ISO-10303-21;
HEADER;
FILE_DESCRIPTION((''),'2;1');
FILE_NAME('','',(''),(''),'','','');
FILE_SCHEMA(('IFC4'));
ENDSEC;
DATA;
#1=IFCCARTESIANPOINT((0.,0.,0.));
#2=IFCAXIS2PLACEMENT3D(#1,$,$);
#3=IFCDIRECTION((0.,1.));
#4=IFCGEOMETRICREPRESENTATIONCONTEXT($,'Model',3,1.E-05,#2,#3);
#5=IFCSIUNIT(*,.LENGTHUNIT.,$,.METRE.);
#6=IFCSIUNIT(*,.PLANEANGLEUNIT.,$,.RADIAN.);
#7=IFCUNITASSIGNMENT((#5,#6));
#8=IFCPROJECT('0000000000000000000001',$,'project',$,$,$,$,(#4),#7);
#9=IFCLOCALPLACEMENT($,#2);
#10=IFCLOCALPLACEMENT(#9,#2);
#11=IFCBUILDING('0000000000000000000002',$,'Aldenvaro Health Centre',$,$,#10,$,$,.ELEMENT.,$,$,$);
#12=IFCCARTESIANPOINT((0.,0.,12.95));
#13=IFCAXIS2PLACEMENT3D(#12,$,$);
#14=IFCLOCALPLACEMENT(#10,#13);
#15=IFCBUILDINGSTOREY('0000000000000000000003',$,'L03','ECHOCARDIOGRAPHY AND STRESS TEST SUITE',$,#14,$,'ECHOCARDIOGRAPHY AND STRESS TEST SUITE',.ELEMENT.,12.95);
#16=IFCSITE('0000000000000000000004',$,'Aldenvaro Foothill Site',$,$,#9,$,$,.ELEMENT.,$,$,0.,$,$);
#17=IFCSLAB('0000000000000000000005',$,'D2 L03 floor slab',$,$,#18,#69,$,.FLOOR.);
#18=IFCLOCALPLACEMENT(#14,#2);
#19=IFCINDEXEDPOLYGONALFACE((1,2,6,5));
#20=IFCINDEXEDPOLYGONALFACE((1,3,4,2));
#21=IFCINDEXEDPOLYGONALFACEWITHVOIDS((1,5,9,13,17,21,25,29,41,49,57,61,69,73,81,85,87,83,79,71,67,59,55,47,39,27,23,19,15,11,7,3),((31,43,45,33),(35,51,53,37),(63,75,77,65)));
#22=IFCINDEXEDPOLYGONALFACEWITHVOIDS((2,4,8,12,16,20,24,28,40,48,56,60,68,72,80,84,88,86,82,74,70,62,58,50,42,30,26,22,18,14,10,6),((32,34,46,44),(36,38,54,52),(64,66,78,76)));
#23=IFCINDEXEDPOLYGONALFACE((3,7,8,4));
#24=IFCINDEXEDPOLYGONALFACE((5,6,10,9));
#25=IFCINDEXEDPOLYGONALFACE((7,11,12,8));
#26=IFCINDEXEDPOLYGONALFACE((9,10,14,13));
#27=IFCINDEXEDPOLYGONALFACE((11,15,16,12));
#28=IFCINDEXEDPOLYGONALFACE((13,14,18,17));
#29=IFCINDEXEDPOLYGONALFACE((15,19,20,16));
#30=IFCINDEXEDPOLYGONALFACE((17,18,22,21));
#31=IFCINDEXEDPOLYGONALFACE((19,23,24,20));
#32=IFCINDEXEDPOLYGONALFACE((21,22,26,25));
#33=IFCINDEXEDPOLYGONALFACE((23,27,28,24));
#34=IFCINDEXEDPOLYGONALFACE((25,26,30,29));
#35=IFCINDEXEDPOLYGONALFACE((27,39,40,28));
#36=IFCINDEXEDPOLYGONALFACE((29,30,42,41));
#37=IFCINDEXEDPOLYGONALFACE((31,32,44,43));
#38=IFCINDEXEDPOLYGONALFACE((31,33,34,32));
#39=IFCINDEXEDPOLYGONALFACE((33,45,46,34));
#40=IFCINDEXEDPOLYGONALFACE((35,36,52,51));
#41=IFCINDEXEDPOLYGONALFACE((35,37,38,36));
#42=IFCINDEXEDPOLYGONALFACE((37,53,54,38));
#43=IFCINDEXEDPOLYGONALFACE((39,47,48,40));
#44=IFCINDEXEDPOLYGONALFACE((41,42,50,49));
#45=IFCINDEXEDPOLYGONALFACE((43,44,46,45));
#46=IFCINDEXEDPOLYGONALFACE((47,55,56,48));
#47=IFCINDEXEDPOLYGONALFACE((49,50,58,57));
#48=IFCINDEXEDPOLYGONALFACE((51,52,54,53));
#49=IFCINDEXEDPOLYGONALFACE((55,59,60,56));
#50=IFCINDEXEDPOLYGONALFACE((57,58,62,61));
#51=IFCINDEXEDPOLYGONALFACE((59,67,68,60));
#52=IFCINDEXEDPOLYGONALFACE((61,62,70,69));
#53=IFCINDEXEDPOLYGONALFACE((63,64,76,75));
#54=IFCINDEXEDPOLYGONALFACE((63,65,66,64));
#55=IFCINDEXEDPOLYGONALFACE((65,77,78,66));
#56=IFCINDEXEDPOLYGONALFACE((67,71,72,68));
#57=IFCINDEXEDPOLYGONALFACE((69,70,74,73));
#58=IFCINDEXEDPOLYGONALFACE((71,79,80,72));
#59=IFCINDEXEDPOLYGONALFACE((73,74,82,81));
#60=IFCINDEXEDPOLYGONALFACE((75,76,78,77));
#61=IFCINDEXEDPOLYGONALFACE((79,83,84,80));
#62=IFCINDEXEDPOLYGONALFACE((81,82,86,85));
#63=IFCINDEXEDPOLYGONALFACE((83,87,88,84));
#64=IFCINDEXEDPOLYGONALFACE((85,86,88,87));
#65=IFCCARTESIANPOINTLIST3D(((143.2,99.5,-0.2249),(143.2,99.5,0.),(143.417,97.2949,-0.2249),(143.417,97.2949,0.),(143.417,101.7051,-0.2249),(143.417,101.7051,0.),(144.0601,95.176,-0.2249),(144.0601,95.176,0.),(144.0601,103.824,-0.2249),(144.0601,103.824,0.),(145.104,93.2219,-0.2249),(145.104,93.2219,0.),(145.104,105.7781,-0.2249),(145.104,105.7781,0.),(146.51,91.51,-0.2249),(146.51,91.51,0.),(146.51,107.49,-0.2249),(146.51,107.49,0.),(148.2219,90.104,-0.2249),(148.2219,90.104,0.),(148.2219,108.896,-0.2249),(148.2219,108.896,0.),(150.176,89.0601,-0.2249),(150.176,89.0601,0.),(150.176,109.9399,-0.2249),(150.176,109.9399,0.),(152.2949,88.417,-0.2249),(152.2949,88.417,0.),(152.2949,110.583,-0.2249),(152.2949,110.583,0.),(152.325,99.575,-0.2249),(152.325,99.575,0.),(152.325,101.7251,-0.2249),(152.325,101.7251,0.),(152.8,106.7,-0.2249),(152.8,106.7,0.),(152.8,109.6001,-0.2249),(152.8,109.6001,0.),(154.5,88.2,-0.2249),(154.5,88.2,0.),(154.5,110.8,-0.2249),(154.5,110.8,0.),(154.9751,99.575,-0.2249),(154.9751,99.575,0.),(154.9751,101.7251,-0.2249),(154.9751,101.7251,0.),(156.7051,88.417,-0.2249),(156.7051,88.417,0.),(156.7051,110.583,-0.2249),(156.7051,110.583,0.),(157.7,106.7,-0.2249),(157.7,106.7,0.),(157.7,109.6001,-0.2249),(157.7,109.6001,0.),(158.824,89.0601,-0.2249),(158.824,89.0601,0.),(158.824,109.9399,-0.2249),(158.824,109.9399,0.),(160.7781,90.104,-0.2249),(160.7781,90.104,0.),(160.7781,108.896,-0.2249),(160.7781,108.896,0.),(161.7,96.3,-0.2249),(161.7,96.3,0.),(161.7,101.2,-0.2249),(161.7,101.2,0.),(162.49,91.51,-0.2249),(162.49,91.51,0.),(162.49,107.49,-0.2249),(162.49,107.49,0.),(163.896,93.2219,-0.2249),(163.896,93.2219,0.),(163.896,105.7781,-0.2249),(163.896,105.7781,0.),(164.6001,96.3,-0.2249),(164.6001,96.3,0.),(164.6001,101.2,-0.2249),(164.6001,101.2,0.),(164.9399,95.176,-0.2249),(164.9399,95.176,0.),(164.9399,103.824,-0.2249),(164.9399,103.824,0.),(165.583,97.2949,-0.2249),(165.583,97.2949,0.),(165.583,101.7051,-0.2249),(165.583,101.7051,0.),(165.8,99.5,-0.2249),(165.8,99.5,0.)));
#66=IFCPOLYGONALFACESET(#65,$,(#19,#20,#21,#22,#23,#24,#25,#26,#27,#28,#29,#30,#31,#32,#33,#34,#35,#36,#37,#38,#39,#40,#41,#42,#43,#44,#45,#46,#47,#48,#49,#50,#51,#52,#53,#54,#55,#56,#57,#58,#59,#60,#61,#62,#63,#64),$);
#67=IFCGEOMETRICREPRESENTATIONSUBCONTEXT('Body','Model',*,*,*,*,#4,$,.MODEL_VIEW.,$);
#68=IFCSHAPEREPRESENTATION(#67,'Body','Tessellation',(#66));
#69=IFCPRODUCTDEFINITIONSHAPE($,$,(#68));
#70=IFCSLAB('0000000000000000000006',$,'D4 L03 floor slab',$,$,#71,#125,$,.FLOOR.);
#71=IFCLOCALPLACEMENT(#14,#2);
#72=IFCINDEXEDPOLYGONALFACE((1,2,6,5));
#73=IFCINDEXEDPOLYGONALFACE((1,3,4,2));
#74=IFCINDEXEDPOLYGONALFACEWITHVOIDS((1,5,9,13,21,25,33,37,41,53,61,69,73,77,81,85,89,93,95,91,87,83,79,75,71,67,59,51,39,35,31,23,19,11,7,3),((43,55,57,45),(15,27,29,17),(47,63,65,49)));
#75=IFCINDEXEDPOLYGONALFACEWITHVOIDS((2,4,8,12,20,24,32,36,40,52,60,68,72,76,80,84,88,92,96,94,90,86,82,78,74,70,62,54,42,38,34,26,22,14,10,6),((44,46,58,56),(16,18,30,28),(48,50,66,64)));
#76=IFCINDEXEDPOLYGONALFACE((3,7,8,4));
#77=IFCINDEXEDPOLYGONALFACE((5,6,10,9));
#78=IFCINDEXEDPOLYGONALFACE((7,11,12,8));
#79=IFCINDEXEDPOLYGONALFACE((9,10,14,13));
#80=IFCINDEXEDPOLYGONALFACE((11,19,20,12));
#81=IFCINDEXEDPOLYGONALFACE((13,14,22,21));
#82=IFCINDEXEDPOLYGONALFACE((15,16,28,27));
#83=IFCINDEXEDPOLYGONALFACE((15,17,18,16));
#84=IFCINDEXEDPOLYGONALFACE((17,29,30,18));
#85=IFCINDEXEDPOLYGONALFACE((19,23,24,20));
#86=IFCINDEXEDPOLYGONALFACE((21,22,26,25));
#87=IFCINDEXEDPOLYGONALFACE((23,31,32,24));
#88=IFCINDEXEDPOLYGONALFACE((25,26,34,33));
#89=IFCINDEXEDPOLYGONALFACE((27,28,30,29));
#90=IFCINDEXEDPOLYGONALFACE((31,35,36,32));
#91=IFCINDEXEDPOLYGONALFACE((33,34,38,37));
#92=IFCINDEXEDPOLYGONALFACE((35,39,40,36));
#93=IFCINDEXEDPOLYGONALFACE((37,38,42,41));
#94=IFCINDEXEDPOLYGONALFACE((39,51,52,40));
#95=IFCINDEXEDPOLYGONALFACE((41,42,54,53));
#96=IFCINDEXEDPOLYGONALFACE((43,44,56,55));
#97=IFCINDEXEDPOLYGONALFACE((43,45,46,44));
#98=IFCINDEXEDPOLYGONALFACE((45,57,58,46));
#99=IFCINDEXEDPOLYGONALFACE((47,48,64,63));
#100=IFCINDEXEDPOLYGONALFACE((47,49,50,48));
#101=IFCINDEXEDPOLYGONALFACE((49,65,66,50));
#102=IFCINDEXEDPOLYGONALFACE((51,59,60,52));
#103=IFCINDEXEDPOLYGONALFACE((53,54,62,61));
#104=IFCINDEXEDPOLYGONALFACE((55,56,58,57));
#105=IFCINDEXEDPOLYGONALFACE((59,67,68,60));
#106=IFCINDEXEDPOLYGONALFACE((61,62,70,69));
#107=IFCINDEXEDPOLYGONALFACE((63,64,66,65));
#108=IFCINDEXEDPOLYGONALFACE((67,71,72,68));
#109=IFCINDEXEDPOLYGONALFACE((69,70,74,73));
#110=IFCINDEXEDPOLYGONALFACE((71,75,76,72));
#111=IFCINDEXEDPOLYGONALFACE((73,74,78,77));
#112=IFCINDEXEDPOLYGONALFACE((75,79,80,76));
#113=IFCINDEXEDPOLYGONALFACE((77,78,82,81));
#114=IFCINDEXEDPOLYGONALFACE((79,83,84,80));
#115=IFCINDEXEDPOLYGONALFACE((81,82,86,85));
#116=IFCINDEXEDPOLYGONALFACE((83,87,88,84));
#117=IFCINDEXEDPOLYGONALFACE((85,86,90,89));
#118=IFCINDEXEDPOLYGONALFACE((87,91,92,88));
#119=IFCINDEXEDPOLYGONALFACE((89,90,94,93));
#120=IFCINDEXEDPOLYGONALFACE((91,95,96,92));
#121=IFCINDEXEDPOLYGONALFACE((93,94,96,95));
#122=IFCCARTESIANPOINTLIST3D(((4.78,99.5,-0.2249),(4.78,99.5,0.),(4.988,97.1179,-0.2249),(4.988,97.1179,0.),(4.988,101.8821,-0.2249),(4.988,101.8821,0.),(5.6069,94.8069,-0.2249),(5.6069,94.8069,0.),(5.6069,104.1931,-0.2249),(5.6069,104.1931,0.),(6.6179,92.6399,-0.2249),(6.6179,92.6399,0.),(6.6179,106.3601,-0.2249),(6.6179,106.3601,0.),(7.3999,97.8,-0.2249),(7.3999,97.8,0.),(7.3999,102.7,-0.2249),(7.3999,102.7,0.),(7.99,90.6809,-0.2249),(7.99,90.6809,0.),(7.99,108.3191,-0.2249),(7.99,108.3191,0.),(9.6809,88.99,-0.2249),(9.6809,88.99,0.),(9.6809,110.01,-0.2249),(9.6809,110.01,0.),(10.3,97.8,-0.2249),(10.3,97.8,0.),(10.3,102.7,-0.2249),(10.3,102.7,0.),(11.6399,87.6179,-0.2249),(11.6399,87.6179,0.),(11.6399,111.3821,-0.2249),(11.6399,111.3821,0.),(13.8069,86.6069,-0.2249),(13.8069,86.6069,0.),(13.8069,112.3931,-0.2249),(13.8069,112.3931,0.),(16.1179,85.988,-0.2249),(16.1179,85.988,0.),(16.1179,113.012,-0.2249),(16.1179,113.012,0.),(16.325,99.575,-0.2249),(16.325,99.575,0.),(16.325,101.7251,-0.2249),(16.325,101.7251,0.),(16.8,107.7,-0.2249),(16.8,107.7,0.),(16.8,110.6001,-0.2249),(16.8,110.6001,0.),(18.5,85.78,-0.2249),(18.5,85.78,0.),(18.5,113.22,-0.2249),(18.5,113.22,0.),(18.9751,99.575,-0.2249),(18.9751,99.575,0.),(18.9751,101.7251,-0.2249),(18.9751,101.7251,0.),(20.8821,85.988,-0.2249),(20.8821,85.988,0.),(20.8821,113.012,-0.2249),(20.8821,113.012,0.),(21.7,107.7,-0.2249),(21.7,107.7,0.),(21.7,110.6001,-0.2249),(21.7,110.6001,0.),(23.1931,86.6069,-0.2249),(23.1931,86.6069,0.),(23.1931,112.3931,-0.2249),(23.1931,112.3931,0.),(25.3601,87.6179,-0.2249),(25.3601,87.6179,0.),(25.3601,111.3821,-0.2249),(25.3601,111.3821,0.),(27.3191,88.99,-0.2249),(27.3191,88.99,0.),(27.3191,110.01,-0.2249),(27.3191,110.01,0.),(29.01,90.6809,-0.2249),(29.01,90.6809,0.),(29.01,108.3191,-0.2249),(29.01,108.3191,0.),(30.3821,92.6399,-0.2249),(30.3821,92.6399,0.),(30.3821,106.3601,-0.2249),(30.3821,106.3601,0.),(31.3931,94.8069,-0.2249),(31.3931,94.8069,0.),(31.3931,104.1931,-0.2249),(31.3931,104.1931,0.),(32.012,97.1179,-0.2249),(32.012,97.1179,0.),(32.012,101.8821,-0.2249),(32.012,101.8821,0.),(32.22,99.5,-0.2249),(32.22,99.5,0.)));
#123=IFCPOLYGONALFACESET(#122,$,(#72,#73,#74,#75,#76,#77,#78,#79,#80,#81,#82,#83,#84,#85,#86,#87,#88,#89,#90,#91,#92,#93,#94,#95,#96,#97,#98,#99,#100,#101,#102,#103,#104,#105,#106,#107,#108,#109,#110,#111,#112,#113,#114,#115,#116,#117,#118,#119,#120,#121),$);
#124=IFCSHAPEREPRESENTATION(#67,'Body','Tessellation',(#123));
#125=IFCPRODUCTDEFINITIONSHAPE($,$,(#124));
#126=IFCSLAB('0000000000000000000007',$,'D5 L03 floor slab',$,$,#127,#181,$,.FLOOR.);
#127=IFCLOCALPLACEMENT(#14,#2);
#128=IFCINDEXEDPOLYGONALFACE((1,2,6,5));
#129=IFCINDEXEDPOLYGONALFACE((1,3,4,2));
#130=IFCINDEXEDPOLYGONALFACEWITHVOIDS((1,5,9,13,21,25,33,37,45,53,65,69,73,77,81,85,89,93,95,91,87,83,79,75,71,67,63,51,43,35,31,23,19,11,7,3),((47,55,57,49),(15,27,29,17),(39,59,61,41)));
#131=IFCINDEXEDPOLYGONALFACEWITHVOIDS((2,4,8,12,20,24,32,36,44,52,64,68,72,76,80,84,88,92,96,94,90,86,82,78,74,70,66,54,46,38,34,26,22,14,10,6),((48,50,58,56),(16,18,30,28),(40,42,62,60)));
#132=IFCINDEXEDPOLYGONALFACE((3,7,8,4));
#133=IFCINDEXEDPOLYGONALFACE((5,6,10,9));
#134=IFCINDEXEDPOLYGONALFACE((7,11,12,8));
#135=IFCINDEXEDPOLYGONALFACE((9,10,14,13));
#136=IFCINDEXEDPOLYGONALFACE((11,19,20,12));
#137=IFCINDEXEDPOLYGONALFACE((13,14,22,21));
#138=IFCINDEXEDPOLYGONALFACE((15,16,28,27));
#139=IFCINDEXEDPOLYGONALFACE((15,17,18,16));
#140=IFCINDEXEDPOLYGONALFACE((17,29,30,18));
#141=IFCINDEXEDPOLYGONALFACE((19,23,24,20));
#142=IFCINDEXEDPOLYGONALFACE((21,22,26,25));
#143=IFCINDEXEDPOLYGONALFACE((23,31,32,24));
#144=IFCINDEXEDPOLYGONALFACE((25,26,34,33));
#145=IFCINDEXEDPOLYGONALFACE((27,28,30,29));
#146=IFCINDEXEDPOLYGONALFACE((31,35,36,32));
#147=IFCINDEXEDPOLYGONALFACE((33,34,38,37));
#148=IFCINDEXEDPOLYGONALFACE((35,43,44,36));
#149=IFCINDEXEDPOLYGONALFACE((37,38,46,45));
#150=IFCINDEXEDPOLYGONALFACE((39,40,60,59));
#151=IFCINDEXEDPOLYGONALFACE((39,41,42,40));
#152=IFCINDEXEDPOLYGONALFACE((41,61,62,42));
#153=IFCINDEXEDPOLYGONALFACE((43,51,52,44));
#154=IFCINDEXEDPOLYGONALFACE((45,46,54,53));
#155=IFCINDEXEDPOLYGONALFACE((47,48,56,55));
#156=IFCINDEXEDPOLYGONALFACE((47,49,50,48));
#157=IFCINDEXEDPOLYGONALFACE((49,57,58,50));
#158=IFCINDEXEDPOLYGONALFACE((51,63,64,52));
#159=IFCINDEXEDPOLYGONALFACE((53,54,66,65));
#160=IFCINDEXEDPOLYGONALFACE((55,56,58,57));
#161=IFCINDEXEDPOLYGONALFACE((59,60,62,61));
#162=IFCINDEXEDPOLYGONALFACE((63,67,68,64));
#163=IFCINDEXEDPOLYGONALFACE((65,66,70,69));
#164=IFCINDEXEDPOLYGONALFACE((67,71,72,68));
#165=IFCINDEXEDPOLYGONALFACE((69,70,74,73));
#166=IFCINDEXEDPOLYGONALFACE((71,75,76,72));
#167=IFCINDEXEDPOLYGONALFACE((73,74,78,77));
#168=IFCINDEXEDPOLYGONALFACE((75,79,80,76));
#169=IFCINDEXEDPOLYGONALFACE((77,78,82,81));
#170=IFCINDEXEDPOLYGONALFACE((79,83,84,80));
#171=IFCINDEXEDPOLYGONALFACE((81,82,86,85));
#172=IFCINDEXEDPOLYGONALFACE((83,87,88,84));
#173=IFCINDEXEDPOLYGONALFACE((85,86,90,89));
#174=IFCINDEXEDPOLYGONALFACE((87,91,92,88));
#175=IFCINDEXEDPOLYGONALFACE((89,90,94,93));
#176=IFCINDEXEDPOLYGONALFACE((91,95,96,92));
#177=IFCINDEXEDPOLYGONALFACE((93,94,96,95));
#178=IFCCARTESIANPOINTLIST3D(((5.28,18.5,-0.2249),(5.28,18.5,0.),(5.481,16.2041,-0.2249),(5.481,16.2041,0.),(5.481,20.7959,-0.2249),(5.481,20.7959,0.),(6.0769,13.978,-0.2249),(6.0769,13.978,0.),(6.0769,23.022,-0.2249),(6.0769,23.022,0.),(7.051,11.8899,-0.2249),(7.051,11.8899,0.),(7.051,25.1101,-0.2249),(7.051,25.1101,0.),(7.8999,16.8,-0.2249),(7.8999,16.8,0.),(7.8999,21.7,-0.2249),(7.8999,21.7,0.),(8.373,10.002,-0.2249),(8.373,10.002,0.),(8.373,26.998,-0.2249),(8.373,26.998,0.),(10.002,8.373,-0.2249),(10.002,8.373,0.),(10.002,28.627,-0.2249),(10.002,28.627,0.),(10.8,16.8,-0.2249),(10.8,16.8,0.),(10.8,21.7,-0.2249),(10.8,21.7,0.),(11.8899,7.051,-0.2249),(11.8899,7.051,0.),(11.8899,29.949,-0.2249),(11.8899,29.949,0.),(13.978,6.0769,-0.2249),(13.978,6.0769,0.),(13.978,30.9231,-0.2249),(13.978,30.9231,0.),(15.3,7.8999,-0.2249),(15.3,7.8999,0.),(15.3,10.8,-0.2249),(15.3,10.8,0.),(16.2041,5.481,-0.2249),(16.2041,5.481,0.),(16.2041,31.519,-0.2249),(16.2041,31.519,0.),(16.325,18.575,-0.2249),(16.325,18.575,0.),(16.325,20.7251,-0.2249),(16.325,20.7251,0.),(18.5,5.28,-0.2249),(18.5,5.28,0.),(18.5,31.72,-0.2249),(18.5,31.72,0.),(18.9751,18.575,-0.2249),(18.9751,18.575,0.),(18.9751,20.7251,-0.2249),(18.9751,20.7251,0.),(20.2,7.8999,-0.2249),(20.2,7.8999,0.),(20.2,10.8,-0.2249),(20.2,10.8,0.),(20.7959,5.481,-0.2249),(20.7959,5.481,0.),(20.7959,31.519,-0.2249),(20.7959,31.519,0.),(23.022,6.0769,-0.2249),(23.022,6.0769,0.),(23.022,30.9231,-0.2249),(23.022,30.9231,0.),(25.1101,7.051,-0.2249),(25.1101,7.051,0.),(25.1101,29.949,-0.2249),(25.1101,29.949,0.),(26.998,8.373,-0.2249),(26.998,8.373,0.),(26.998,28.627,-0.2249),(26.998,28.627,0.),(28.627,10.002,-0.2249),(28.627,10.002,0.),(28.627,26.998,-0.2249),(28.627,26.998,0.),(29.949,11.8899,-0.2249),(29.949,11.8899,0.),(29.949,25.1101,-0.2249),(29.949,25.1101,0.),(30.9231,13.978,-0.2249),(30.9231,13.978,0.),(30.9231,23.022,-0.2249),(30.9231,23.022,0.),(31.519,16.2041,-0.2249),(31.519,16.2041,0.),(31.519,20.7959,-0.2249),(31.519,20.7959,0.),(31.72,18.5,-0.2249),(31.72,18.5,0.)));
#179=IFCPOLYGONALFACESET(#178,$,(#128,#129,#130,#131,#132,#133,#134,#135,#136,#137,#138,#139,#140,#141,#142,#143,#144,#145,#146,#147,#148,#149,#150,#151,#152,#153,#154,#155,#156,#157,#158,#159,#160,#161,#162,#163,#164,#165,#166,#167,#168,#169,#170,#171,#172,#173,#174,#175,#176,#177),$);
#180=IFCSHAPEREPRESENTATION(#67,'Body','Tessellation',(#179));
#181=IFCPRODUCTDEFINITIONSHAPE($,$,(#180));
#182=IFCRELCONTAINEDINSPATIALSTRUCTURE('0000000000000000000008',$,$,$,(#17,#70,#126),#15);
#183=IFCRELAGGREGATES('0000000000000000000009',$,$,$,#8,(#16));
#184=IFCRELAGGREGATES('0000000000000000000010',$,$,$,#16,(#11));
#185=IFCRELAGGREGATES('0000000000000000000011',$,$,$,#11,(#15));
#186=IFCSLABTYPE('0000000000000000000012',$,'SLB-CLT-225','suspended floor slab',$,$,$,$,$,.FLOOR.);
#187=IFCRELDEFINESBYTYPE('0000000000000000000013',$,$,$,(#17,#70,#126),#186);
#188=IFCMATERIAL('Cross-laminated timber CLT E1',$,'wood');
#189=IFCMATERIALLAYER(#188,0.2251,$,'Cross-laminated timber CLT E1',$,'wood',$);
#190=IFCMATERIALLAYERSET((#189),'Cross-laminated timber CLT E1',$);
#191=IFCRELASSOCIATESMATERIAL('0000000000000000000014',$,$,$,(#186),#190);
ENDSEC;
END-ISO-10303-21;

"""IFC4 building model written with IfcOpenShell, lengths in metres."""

from ifc_helpers import new_model, si_unit, direction, frame, origin, place, context, subcontext, project, spatial, polyline, outline, extrude, material, layer, layer_set, type_object, element, save


model = new_model("IFC4")

# Units and contexts
model_context = context("Model", 3, precision=1e-05, world=origin(), true_north=direction((0.0, 1.0)))
body_context = subcontext(model_context, "Body", "Model", "MODEL_VIEW")
ifc_project = project(units=[si_unit("LENGTHUNIT", "METRE"), si_unit("PLANEANGLEUNIT", "RADIAN")], contexts=[model_context])

# Site, building, storey
site_placement = place(None, origin())
site = spatial("IfcSite", under=ifc_project, at=site_placement, Name="Aldenvaro Foothill Site", CompositionType="ELEMENT", RefElevation=0.0)
building_placement = place(site_placement, origin())
building = spatial("IfcBuilding", under=site, at=building_placement, Name="Aldenvaro Health Centre", CompositionType="ELEMENT")
storey_placement = place(building_placement, frame((0.0, 0.0, 12.95)))
storey = spatial("IfcBuildingStorey", under=building, at=storey_placement, Name="L03", Description="ECHOCARDIOGRAPHY AND STRESS TEST SUITE", LongName="ECHOCARDIOGRAPHY AND STRESS TEST SUITE", CompositionType="ELEMENT", Elevation=12.95)

# Slabs
ifc_material_1 = material(Name="Cross-laminated timber CLT E1", Category="wood")
ifc_layer_1 = layer(ifc_material_1, 0.2251, Name="Cross-laminated timber CLT E1", Category="wood")
ifc_layer_set_1 = layer_set([ifc_layer_1], Name="Cross-laminated timber CLT E1")
slab_type_1 = type_object("IfcSlabType", Name="SLB-CLT-225", Description="suspended floor slab", PredefinedType="FLOOR", material=ifc_layer_set_1)
slab_1_placement = place(storey_placement, frame((0.0, 0.0, -0.2249)))
element("IfcSlab", 1, at=slab_1_placement, inside=storey, type_object=slab_type_1, Name="D2 L03 floor slab", PredefinedType="FLOOR", context=body_context, shape_type="SweptSolid", body=[
    extrude(outline(polyline([(165.8, 99.5), (165.583, 101.7051), (164.9399, 103.824), (163.896, 105.7781), (162.49, 107.49), (160.7781, 108.896), (158.824, 109.9399), (156.7051, 110.583), (154.5, 110.8), (152.2949, 110.583), (150.176, 109.9399), (148.2219, 108.896), (146.51, 107.49), (145.104, 105.7781), (144.0601, 103.824), (143.417, 101.7051), (143.2, 99.5), (143.417, 97.2949), (144.0601, 95.176), (145.104, 93.2219), (146.51, 91.51), (148.2219, 90.104), (150.176, 89.0601), (152.2949, 88.417), (154.5, 88.2), (156.7051, 88.417), (158.824, 89.0601), (160.7781, 90.104), (162.49, 91.51), (163.896, 93.2219), (164.9399, 95.176), (165.583, 97.2949), (165.8, 99.5)]), holes=[polyline([(161.7, 101.2), (161.7, 96.3), (164.6001, 96.3), (164.6001, 101.2), (161.7, 101.2)]), polyline([(152.8, 106.7), (157.7, 106.7), (157.7, 109.6001), (152.8, 109.6001), (152.8, 106.7)]), polyline([(152.325, 99.575), (154.9751, 99.575), (154.9751, 101.7251), (152.325, 101.7251), (152.325, 99.575)])]), origin(), (0.0, 0.0, 1.0), 0.2249),
])
slab_2_placement = place(storey_placement, frame((0.0, 0.0, -0.2249)))
element("IfcSlab", 2, at=slab_2_placement, inside=storey, type_object=slab_type_1, Name="D4 L03 floor slab", PredefinedType="FLOOR", context=body_context, shape_type="SweptSolid", body=[
    extrude(outline(polyline([(32.22, 99.5), (32.012, 101.8821), (31.3931, 104.1931), (30.3821, 106.3601), (29.01, 108.3191), (27.3191, 110.01), (25.3601, 111.3821), (23.1931, 112.3931), (20.8821, 113.012), (18.5, 113.22), (16.1179, 113.012), (13.8069, 112.3931), (11.6399, 111.3821), (9.6809, 110.01), (7.99, 108.3191), (6.6179, 106.3601), (5.6069, 104.1931), (4.988, 101.8821), (4.78, 99.5), (4.988, 97.1179), (5.6069, 94.8069), (6.6179, 92.6399), (7.99, 90.6809), (9.6809, 88.99), (11.6399, 87.6179), (13.8069, 86.6069), (16.1179, 85.988), (18.5, 85.78), (20.8821, 85.988), (23.1931, 86.6069), (25.3601, 87.6179), (27.3191, 88.99), (29.01, 90.6809), (30.3821, 92.6399), (31.3931, 94.8069), (32.012, 97.1179), (32.22, 99.5)]), holes=[polyline([(16.8, 107.7), (21.7, 107.7), (21.7, 110.6001), (16.8, 110.6001), (16.8, 107.7)]), polyline([(10.3, 97.8), (10.3, 102.7), (7.3999, 102.7), (7.3999, 97.8), (10.3, 97.8)]), polyline([(16.325, 99.575), (18.9751, 99.575), (18.9751, 101.7251), (16.325, 101.7251), (16.325, 99.575)])]), origin(), (0.0, 0.0, 1.0), 0.2249),
])
slab_3_placement = place(storey_placement, frame((0.0, 0.0, -0.2249)))
element("IfcSlab", 3, at=slab_3_placement, inside=storey, type_object=slab_type_1, Name="D5 L03 floor slab", PredefinedType="FLOOR", context=body_context, shape_type="SweptSolid", body=[
    extrude(outline(polyline([(31.72, 18.5), (31.519, 20.7959), (30.9231, 23.022), (29.949, 25.1101), (28.627, 26.998), (26.998, 28.627), (25.1101, 29.949), (23.022, 30.9231), (20.7959, 31.519), (18.5, 31.72), (16.2041, 31.519), (13.978, 30.9231), (11.8899, 29.949), (10.002, 28.627), (8.373, 26.998), (7.051, 25.1101), (6.0769, 23.022), (5.481, 20.7959), (5.28, 18.5), (5.481, 16.2041), (6.0769, 13.978), (7.051, 11.8899), (8.373, 10.002), (10.002, 8.373), (11.8899, 7.051), (13.978, 6.0769), (16.2041, 5.481), (18.5, 5.28), (20.7959, 5.481), (23.022, 6.0769), (25.1101, 7.051), (26.998, 8.373), (28.627, 10.002), (29.949, 11.8899), (30.9231, 13.978), (31.519, 16.2041), (31.72, 18.5)]), holes=[polyline([(10.8, 16.8), (10.8, 21.7), (7.8999, 21.7), (7.8999, 16.8), (10.8, 16.8)]), polyline([(20.2, 10.8), (15.3, 10.8), (15.3, 7.8999), (20.2, 7.8999), (20.2, 10.8)]), polyline([(16.325, 18.575), (18.9751, 18.575), (18.9751, 20.7251), (16.325, 20.7251), (16.325, 18.575)])]), origin(), (0.0, 0.0, 1.0), 0.2249),
])

save(model, "model.ifc")
